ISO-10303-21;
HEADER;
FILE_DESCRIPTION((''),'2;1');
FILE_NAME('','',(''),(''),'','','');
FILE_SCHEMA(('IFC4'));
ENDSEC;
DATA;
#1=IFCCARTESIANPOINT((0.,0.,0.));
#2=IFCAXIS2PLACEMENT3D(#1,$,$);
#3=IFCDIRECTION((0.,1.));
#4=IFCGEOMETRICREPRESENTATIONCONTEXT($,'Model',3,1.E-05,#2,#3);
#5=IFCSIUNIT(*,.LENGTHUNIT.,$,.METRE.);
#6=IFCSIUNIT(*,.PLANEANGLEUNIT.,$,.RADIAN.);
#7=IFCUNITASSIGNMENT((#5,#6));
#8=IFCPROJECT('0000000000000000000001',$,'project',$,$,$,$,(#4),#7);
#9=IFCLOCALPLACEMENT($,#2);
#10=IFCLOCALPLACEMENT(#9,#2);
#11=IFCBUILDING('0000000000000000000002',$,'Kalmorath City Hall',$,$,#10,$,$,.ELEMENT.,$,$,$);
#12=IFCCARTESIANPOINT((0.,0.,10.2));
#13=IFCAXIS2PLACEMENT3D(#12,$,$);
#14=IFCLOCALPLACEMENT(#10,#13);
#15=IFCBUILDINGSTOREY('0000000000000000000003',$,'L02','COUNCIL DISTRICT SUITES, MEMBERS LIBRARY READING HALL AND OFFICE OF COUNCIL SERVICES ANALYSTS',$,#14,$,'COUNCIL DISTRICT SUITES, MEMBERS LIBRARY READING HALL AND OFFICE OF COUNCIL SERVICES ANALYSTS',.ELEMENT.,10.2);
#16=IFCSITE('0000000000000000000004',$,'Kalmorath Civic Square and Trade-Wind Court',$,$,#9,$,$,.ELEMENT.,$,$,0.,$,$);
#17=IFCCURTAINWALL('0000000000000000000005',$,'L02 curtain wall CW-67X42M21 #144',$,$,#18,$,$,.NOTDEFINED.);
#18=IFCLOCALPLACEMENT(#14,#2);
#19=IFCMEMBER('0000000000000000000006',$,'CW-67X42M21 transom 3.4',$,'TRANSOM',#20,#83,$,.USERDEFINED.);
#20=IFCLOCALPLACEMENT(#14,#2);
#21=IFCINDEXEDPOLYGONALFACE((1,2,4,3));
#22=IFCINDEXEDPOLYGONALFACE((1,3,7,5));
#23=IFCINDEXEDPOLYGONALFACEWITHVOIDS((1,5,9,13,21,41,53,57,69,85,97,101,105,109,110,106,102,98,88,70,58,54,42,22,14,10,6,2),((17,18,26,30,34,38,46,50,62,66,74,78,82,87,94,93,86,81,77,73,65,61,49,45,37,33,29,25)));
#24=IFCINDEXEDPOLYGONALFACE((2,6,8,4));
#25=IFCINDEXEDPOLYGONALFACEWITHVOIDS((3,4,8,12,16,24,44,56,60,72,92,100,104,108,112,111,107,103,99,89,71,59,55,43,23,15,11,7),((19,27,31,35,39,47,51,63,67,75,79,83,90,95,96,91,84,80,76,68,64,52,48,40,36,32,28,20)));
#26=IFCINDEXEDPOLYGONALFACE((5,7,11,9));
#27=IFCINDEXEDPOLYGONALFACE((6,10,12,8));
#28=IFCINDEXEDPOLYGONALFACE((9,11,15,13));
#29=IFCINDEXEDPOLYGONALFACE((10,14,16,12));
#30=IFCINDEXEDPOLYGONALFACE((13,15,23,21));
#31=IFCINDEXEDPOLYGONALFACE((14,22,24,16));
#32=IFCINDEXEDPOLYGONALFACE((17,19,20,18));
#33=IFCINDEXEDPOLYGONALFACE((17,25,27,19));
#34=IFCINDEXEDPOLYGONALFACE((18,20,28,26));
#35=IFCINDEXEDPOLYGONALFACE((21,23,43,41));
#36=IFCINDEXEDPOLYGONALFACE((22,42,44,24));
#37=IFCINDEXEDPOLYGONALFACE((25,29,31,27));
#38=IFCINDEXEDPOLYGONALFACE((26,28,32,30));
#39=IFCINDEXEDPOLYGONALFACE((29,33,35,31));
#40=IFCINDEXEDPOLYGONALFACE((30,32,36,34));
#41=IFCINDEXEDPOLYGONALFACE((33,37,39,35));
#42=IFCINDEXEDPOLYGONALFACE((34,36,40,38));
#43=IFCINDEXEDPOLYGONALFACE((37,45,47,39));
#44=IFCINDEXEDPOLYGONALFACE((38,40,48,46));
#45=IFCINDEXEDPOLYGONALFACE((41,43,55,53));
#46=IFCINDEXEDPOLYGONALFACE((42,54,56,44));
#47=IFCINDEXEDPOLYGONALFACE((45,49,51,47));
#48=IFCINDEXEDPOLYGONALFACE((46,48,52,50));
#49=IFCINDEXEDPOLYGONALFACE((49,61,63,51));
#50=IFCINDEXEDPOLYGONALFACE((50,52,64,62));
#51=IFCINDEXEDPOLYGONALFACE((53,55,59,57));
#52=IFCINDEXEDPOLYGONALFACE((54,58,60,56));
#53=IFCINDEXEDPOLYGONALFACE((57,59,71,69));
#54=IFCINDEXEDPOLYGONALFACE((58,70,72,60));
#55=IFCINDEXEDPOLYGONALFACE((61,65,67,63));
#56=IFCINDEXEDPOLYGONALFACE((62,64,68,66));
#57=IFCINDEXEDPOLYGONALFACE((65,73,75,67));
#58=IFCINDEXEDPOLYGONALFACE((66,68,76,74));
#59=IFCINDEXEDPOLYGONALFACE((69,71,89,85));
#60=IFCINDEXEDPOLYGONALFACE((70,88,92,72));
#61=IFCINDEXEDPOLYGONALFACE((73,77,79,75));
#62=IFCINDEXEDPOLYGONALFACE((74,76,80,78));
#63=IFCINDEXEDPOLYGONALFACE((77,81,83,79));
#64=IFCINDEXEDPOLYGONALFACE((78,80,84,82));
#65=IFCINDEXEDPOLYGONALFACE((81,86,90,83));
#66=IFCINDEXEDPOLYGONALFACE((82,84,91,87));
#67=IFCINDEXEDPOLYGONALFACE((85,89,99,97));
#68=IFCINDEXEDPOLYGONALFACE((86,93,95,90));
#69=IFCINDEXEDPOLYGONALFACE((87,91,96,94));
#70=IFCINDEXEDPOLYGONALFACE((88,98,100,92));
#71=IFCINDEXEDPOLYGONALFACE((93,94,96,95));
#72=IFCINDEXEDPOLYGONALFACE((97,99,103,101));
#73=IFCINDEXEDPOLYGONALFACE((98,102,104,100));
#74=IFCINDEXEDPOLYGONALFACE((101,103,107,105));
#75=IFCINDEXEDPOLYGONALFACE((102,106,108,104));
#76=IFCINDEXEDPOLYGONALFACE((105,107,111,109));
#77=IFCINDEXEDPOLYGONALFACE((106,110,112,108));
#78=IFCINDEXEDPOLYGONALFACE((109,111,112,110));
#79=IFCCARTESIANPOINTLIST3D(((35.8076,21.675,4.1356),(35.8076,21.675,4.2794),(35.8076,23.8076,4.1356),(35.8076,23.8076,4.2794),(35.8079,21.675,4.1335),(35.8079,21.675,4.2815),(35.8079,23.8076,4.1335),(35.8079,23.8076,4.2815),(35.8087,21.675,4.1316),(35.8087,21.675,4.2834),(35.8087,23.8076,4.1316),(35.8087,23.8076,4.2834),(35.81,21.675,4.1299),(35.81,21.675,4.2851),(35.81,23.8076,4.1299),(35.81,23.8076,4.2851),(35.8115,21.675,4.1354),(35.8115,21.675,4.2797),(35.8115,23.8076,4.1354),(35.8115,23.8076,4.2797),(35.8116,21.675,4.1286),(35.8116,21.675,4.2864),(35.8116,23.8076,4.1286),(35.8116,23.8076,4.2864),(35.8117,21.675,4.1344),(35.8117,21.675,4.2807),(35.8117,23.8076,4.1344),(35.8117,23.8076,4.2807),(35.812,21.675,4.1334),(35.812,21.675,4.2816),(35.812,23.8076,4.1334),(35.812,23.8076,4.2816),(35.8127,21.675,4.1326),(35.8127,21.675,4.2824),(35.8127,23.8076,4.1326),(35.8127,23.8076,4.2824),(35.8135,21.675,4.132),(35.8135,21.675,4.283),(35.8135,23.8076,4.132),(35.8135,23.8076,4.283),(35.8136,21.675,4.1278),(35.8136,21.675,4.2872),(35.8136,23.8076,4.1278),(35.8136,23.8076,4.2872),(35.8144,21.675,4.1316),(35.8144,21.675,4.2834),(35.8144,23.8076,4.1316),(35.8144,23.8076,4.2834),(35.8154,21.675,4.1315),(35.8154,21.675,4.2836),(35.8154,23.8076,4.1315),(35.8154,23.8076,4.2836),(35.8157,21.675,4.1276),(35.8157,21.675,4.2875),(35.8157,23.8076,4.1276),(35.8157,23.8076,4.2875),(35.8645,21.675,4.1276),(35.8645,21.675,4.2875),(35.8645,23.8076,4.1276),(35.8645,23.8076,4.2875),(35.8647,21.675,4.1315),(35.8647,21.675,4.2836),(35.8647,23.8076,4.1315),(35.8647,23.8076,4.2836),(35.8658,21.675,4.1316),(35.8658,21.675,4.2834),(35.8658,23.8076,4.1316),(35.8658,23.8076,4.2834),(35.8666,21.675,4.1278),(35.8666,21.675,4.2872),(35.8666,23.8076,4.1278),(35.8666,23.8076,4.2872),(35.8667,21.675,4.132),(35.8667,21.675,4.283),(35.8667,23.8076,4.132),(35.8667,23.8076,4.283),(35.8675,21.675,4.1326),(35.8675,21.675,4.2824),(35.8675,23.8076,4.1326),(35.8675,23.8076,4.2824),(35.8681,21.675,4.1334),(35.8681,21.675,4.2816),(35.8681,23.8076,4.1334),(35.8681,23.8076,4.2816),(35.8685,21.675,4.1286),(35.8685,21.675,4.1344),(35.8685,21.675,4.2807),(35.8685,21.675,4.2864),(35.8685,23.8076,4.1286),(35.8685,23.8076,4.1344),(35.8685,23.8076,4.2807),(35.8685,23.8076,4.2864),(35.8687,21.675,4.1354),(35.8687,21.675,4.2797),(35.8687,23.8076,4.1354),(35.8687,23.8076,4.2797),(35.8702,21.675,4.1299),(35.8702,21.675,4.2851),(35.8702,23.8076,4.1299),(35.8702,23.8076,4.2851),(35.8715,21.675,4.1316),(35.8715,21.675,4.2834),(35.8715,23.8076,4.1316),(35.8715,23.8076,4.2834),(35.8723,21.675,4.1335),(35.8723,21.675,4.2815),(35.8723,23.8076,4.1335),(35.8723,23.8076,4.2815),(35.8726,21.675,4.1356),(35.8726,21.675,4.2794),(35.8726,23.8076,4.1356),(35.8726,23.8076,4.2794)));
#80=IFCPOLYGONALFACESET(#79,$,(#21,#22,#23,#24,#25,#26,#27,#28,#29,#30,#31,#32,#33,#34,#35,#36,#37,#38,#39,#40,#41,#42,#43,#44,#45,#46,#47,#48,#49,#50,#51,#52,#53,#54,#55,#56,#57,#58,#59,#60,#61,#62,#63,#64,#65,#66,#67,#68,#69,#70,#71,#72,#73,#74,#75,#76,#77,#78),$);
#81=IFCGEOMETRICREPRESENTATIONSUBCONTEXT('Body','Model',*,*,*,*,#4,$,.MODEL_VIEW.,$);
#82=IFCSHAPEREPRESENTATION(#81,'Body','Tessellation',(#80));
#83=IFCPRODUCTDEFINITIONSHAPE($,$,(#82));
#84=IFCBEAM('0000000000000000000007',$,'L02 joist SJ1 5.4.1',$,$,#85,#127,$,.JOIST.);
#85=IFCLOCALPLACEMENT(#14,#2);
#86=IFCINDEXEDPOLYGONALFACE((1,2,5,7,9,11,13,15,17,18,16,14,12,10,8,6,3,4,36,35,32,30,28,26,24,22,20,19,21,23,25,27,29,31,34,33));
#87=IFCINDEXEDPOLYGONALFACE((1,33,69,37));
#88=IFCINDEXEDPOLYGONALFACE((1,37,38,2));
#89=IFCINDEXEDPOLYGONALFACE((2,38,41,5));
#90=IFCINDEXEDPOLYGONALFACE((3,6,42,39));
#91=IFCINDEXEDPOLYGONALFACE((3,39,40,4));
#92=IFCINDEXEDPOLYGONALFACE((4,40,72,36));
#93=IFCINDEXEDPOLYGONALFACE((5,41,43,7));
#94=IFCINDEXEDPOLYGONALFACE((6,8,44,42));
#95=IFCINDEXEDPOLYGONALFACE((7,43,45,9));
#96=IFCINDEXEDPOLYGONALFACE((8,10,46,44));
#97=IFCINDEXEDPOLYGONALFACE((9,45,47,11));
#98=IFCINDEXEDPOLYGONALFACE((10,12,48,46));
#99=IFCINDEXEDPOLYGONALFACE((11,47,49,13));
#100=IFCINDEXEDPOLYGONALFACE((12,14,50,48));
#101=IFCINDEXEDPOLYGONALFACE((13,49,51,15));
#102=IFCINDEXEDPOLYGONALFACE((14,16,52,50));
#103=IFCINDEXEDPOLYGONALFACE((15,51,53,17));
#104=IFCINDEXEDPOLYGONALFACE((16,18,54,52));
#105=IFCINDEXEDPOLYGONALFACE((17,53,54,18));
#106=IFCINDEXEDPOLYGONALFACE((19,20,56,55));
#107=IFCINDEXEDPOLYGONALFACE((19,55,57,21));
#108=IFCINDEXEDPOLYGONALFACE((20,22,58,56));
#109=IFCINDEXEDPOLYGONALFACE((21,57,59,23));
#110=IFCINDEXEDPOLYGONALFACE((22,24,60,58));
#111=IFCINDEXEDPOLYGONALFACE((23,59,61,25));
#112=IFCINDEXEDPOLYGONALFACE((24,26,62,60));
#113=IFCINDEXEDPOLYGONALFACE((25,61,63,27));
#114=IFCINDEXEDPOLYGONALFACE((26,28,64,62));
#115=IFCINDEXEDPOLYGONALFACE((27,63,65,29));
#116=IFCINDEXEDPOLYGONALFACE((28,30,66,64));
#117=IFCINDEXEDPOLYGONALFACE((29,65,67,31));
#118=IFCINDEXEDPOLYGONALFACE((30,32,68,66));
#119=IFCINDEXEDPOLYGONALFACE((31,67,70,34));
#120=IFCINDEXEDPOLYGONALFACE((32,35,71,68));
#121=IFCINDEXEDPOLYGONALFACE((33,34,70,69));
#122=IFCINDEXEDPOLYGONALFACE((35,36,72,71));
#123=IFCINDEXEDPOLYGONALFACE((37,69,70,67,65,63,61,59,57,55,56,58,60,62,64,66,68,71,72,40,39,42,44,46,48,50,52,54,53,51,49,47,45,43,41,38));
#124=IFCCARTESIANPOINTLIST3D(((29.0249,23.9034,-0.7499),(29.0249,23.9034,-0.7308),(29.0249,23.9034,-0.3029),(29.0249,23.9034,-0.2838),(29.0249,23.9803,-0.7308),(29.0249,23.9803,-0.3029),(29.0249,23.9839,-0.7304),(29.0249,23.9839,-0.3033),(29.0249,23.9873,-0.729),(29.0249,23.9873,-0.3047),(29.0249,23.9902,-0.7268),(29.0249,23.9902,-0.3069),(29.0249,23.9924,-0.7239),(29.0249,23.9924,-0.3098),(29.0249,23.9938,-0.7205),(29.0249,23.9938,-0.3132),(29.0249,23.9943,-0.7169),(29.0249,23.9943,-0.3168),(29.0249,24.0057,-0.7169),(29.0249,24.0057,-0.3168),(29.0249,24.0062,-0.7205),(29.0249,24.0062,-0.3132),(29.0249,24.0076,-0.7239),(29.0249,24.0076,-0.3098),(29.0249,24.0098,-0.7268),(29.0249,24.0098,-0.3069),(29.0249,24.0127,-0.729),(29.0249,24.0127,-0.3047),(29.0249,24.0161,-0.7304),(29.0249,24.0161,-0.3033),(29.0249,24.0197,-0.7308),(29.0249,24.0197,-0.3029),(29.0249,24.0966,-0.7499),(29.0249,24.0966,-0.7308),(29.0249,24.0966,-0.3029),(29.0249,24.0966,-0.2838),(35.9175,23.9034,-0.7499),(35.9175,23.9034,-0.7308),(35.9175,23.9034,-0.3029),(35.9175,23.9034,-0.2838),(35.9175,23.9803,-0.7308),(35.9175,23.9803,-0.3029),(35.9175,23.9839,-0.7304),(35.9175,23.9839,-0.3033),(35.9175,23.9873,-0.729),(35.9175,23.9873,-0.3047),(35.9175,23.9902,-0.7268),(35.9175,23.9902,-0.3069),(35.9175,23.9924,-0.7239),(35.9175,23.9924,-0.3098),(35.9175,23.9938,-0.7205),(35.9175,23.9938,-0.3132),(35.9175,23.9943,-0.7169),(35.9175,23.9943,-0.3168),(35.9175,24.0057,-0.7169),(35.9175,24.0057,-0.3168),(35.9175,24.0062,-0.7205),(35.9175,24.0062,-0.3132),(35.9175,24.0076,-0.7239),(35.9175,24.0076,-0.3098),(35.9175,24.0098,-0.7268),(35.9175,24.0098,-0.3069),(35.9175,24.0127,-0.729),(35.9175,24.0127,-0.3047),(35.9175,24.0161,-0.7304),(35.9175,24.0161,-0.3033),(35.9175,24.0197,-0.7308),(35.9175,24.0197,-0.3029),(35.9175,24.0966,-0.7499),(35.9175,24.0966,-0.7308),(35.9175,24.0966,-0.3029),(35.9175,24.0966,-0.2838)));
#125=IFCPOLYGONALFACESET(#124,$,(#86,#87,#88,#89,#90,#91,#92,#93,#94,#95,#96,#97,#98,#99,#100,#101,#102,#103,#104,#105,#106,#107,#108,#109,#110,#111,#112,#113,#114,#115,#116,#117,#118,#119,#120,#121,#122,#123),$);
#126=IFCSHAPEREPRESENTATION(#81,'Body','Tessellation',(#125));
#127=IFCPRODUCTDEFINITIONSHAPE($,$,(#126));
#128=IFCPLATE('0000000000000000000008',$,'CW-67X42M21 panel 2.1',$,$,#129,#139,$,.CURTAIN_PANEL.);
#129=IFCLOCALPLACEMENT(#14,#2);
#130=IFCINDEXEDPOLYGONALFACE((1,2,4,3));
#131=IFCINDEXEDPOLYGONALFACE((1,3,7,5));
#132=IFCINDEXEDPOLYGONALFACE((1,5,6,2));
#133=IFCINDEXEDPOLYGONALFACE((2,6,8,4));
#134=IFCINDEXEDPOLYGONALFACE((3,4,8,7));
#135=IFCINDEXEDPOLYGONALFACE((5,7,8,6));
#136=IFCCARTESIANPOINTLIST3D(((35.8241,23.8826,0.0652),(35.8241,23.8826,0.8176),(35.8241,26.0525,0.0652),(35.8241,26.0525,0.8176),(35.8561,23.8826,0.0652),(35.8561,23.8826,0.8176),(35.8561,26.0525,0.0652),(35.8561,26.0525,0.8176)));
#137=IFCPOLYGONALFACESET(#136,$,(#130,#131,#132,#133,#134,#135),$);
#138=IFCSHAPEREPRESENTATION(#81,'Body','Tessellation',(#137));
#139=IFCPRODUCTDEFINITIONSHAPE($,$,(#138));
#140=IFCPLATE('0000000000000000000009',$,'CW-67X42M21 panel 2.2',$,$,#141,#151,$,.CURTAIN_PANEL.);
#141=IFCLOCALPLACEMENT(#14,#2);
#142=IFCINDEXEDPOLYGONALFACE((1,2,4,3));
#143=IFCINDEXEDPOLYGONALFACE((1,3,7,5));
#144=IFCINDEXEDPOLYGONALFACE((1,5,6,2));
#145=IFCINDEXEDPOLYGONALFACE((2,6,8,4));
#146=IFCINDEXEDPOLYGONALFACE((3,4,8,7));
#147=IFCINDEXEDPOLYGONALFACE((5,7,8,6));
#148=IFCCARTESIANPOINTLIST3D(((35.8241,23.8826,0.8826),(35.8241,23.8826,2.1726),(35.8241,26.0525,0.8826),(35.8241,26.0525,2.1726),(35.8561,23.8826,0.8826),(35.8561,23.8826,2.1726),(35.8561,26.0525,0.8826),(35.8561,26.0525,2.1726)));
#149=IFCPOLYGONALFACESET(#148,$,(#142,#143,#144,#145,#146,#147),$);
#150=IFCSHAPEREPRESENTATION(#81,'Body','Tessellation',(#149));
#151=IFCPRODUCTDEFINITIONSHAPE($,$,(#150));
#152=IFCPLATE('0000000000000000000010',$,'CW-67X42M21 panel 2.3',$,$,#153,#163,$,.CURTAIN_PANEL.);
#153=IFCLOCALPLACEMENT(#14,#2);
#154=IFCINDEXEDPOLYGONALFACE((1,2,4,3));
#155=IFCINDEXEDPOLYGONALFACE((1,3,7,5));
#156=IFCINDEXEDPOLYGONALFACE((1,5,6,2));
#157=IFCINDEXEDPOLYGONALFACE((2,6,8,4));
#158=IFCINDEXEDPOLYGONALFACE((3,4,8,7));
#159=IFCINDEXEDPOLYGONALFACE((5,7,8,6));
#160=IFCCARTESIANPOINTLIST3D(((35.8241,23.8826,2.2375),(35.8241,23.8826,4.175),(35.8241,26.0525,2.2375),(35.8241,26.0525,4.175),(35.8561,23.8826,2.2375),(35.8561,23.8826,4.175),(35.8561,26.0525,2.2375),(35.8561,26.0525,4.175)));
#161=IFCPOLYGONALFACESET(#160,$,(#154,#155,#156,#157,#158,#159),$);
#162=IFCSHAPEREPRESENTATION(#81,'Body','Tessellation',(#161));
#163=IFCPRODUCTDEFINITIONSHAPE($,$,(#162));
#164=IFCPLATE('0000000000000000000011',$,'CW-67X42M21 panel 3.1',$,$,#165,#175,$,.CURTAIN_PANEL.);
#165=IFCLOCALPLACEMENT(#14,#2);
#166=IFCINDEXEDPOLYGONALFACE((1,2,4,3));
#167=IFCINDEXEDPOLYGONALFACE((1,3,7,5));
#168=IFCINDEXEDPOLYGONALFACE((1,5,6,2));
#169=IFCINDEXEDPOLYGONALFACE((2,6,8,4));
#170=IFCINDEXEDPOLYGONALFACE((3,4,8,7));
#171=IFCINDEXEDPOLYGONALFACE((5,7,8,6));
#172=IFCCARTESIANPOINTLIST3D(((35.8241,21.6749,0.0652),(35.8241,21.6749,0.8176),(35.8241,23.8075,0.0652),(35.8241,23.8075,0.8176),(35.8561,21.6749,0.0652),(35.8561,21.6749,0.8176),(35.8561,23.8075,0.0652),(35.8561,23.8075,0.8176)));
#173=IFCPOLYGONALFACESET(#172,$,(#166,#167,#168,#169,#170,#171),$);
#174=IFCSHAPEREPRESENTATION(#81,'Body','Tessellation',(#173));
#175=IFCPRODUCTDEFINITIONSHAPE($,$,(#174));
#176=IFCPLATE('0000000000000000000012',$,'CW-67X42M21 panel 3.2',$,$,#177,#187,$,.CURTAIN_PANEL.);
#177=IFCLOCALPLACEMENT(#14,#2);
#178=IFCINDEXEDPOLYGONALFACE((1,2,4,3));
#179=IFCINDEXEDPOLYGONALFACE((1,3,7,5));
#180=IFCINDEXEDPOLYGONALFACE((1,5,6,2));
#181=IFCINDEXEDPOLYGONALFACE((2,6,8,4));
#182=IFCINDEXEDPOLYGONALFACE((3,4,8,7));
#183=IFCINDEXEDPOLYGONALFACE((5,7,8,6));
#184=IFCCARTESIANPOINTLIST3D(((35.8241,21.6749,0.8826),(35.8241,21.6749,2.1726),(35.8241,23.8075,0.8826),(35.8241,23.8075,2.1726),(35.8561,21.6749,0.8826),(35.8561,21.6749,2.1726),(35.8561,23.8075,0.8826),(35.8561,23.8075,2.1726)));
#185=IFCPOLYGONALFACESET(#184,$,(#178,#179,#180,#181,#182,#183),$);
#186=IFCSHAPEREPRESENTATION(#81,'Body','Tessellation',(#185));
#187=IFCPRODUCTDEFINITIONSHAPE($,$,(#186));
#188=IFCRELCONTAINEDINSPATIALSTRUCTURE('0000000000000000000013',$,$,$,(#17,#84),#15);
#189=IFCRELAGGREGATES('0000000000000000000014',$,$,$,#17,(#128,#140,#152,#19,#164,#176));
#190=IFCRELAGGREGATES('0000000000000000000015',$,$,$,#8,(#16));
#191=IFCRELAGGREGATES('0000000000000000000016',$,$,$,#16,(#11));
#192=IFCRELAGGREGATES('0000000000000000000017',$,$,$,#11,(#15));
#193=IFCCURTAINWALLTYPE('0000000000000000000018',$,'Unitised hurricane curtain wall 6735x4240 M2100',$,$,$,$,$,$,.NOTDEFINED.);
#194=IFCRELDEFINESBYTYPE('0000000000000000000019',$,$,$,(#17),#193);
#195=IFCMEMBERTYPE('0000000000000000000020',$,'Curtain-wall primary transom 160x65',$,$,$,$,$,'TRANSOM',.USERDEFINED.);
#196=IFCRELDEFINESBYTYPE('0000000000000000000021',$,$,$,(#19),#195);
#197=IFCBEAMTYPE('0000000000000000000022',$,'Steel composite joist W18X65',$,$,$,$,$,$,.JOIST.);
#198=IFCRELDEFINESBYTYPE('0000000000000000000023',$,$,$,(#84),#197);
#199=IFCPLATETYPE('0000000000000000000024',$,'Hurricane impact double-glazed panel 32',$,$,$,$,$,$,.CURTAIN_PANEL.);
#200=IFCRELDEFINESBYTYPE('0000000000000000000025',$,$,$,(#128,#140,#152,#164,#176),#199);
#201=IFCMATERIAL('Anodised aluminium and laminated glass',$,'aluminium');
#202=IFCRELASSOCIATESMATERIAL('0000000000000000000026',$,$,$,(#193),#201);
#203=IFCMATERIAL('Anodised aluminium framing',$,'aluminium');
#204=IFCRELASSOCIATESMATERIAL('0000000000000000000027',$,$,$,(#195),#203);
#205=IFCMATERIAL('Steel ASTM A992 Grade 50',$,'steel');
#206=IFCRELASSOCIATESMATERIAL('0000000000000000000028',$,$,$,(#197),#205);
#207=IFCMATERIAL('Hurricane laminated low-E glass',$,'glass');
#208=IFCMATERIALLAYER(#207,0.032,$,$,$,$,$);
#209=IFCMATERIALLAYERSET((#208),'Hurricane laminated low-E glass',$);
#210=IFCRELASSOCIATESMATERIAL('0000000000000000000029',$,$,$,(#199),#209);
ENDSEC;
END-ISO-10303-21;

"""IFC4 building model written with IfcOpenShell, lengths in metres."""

from ifc_helpers import new_model, si_unit, direction, frame, origin, origin_2d, place, context, subcontext, project, spatial, rectangle, hollow_rectangle, i_section, extrude, material, layer, layer_set, material_profile, profile_set, type_object, element, aggregate, save


model = new_model("IFC4")

# Units and contexts
model_context = context("Model", 3, precision=1e-05, world=origin(), true_north=direction((0.0, 1.0)))
body_context = subcontext(model_context, "Body", "Model", "MODEL_VIEW")
ifc_project = project(units=[si_unit("LENGTHUNIT", "METRE"), si_unit("PLANEANGLEUNIT", "RADIAN")], contexts=[model_context])

# Site, building, storey
site_placement = place(None, origin())
site = spatial("IfcSite", under=ifc_project, at=site_placement, Name="Kalmorath Civic Square and Trade-Wind Court", CompositionType="ELEMENT", RefElevation=0.0)
building_placement = place(site_placement, origin())
building = spatial("IfcBuilding", under=site, at=building_placement, Name="Kalmorath City Hall", CompositionType="ELEMENT")
storey_placement = place(building_placement, frame((0.0, 0.0, 10.2)))
storey = spatial("IfcBuildingStorey", under=building, at=storey_placement, Name="L02", Description="COUNCIL DISTRICT SUITES, MEMBERS LIBRARY READING HALL AND OFFICE OF COUNCIL SERVICES ANALYSTS", LongName="COUNCIL DISTRICT SUITES, MEMBERS LIBRARY READING HALL AND OFFICE OF COUNCIL SERVICES ANALYSTS", CompositionType="ELEMENT", Elevation=10.2)

# Curtain wall, member
ifc_material_1 = material(Name="Anodised aluminium and laminated glass", Category="aluminium")
curtain_wall_type = type_object("IfcCurtainWallType", Name="Unitised hurricane curtain wall 6735x4240 M2100", PredefinedType="NOTDEFINED", material=ifc_material_1)
curtain_wall_placement = place(storey_placement, origin())
curtain_wall = element("IfcCurtainWall", 1, at=curtain_wall_placement, inside=storey, type_object=curtain_wall_type, Name="L02 curtain wall CW-67X42M21 #144", PredefinedType="NOTDEFINED")
ifc_material_2 = material(Name="Anodised aluminium framing", Category="aluminium")
ifc_material_profile_1 = material_profile(ifc_material_2, hollow_rectangle(XDim=0.0649, YDim=0.1599, WallThickness=0.0039, InnerFilletRadius=0.0039, OuterFilletRadius=0.0081, at=origin_2d()), Name="ALU-TRN-160X65X4")
ifc_profile_set_1 = profile_set([ifc_material_profile_1], Name="Anodised aluminium framing")
member_type_1 = type_object("IfcMemberType", Name="Curtain-wall primary transom 160x65", ElementType="TRANSOM", PredefinedType="USERDEFINED", material=ifc_profile_set_1)
member_1_placement = place(storey_placement, frame((35.8401, 23.8076, 4.2075), z_axis=(0.0, -1.0, 0.0), x_axis=(1.0, 0.0, 0.0)))
member_1 = element("IfcMember", 2, at=member_1_placement, type_object=member_type_1, Name="CW-67X42M21 transom 3.4", ObjectType="TRANSOM", PredefinedType="USERDEFINED", context=body_context, shape_type="SweptSolid", body=[
    extrude(hollow_rectangle(XDim=0.0649, YDim=0.1599, WallThickness=0.0039, InnerFilletRadius=0.0039, OuterFilletRadius=0.0081, at=origin_2d()), origin(), (0.0, 0.0, 1.0), 2.1326),
])

# Beam
ifc_material_3 = material(Name="Steel ASTM A992 Grade 50", Category="steel")
ifc_material_profile_2 = material_profile(ifc_material_3, i_section(OverallWidth=0.1931, OverallDepth=0.4661, WebThickness=0.0115, FlangeThickness=0.019, FilletRadius=0.0139, at=origin_2d()), Name="W18X65")
ifc_profile_set_2 = profile_set([ifc_material_profile_2], Name="Steel ASTM A992 Grade 50")
beam_type_1 = type_object("IfcBeamType", Name="Steel composite joist W18X65", PredefinedType="JOIST", material=ifc_profile_set_2)
beam_1_placement = place(storey_placement, frame((29.0249, 24.0, -0.5168), z_axis=(1.0, 0.0, 0.0), x_axis=(0.0, 1.0, 0.0)))
element("IfcBeam", 3, at=beam_1_placement, inside=storey, type_object=beam_type_1, Name="L02 joist SJ1 5.4.1", PredefinedType="JOIST", context=body_context, shape_type="SweptSolid", body=[
    extrude(i_section(OverallWidth=0.1931, OverallDepth=0.4661, WebThickness=0.0115, FlangeThickness=0.019, FilletRadius=0.0139, at=origin_2d()), origin(), (0.0, 0.0, 1.0), 6.8926),
])

# Plates
ifc_material_4 = material(Name="Hurricane laminated low-E glass", Category="glass")
ifc_layer = layer(ifc_material_4, 0.032)
ifc_layer_set = layer_set([ifc_layer], Name="Hurricane laminated low-E glass")
plate_type = type_object("IfcPlateType", Name="Hurricane impact double-glazed panel 32", PredefinedType="CURTAIN_PANEL", material=ifc_layer_set)
plate_1_placement = place(storey_placement, frame((35.8401, 24.9675, 0.0652), z_axis=(0.0, 0.0, 1.0), x_axis=(0.0, -1.0, 0.0)))
plate_1 = element("IfcPlate", 4, at=plate_1_placement, type_object=plate_type, Name="CW-67X42M21 panel 2.1", PredefinedType="CURTAIN_PANEL", context=body_context, shape_type="SweptSolid", body=[
    extrude(rectangle(XDim=2.1699, YDim=0.032, at=origin_2d()), origin(), (0.0, 0.0, 1.0), 0.7524),
])
plate_2_placement = place(storey_placement, frame((35.8401, 24.9675, 0.8826), z_axis=(0.0, 0.0, 1.0), x_axis=(0.0, -1.0, 0.0)))
plate_2 = element("IfcPlate", 5, at=plate_2_placement, type_object=plate_type, Name="CW-67X42M21 panel 2.2", PredefinedType="CURTAIN_PANEL", context=body_context, shape_type="SweptSolid", body=[
    extrude(rectangle(XDim=2.1699, YDim=0.032, at=origin_2d()), origin(), (0.0, 0.0, 1.0), 1.29),
])
plate_3_placement = place(storey_placement, frame((35.8401, 24.9675, 2.2375), z_axis=(0.0, 0.0, 1.0), x_axis=(0.0, -1.0, 0.0)))
plate_3 = element("IfcPlate", 6, at=plate_3_placement, type_object=plate_type, Name="CW-67X42M21 panel 2.3", PredefinedType="CURTAIN_PANEL", context=body_context, shape_type="SweptSolid", body=[
    extrude(rectangle(XDim=2.1699, YDim=0.032, at=origin_2d()), origin(), (0.0, 0.0, 1.0), 1.9375),
])
plate_4_placement = place(storey_placement, frame((35.8401, 22.7412, 0.0652), z_axis=(0.0, 0.0, 1.0), x_axis=(0.0, -1.0, 0.0)))
plate_4 = element("IfcPlate", 7, at=plate_4_placement, type_object=plate_type, Name="CW-67X42M21 panel 3.1", PredefinedType="CURTAIN_PANEL", context=body_context, shape_type="SweptSolid", body=[
    extrude(rectangle(XDim=2.1326, YDim=0.032, at=origin_2d()), origin(), (0.0, 0.0, 1.0), 0.7524),
])
plate_5_placement = place(storey_placement, frame((35.8401, 22.7412, 0.8826), z_axis=(0.0, 0.0, 1.0), x_axis=(0.0, -1.0, 0.0)))
plate_5 = element("IfcPlate", 8, at=plate_5_placement, type_object=plate_type, Name="CW-67X42M21 panel 3.2", PredefinedType="CURTAIN_PANEL", context=body_context, shape_type="SweptSolid", body=[
    extrude(rectangle(XDim=2.1326, YDim=0.032, at=origin_2d()), origin(), (0.0, 0.0, 1.0), 1.29),
])
aggregate(curtain_wall, [plate_1, plate_2, plate_3, member_1, plate_4, plate_5])

save(model, "model.ifc")
